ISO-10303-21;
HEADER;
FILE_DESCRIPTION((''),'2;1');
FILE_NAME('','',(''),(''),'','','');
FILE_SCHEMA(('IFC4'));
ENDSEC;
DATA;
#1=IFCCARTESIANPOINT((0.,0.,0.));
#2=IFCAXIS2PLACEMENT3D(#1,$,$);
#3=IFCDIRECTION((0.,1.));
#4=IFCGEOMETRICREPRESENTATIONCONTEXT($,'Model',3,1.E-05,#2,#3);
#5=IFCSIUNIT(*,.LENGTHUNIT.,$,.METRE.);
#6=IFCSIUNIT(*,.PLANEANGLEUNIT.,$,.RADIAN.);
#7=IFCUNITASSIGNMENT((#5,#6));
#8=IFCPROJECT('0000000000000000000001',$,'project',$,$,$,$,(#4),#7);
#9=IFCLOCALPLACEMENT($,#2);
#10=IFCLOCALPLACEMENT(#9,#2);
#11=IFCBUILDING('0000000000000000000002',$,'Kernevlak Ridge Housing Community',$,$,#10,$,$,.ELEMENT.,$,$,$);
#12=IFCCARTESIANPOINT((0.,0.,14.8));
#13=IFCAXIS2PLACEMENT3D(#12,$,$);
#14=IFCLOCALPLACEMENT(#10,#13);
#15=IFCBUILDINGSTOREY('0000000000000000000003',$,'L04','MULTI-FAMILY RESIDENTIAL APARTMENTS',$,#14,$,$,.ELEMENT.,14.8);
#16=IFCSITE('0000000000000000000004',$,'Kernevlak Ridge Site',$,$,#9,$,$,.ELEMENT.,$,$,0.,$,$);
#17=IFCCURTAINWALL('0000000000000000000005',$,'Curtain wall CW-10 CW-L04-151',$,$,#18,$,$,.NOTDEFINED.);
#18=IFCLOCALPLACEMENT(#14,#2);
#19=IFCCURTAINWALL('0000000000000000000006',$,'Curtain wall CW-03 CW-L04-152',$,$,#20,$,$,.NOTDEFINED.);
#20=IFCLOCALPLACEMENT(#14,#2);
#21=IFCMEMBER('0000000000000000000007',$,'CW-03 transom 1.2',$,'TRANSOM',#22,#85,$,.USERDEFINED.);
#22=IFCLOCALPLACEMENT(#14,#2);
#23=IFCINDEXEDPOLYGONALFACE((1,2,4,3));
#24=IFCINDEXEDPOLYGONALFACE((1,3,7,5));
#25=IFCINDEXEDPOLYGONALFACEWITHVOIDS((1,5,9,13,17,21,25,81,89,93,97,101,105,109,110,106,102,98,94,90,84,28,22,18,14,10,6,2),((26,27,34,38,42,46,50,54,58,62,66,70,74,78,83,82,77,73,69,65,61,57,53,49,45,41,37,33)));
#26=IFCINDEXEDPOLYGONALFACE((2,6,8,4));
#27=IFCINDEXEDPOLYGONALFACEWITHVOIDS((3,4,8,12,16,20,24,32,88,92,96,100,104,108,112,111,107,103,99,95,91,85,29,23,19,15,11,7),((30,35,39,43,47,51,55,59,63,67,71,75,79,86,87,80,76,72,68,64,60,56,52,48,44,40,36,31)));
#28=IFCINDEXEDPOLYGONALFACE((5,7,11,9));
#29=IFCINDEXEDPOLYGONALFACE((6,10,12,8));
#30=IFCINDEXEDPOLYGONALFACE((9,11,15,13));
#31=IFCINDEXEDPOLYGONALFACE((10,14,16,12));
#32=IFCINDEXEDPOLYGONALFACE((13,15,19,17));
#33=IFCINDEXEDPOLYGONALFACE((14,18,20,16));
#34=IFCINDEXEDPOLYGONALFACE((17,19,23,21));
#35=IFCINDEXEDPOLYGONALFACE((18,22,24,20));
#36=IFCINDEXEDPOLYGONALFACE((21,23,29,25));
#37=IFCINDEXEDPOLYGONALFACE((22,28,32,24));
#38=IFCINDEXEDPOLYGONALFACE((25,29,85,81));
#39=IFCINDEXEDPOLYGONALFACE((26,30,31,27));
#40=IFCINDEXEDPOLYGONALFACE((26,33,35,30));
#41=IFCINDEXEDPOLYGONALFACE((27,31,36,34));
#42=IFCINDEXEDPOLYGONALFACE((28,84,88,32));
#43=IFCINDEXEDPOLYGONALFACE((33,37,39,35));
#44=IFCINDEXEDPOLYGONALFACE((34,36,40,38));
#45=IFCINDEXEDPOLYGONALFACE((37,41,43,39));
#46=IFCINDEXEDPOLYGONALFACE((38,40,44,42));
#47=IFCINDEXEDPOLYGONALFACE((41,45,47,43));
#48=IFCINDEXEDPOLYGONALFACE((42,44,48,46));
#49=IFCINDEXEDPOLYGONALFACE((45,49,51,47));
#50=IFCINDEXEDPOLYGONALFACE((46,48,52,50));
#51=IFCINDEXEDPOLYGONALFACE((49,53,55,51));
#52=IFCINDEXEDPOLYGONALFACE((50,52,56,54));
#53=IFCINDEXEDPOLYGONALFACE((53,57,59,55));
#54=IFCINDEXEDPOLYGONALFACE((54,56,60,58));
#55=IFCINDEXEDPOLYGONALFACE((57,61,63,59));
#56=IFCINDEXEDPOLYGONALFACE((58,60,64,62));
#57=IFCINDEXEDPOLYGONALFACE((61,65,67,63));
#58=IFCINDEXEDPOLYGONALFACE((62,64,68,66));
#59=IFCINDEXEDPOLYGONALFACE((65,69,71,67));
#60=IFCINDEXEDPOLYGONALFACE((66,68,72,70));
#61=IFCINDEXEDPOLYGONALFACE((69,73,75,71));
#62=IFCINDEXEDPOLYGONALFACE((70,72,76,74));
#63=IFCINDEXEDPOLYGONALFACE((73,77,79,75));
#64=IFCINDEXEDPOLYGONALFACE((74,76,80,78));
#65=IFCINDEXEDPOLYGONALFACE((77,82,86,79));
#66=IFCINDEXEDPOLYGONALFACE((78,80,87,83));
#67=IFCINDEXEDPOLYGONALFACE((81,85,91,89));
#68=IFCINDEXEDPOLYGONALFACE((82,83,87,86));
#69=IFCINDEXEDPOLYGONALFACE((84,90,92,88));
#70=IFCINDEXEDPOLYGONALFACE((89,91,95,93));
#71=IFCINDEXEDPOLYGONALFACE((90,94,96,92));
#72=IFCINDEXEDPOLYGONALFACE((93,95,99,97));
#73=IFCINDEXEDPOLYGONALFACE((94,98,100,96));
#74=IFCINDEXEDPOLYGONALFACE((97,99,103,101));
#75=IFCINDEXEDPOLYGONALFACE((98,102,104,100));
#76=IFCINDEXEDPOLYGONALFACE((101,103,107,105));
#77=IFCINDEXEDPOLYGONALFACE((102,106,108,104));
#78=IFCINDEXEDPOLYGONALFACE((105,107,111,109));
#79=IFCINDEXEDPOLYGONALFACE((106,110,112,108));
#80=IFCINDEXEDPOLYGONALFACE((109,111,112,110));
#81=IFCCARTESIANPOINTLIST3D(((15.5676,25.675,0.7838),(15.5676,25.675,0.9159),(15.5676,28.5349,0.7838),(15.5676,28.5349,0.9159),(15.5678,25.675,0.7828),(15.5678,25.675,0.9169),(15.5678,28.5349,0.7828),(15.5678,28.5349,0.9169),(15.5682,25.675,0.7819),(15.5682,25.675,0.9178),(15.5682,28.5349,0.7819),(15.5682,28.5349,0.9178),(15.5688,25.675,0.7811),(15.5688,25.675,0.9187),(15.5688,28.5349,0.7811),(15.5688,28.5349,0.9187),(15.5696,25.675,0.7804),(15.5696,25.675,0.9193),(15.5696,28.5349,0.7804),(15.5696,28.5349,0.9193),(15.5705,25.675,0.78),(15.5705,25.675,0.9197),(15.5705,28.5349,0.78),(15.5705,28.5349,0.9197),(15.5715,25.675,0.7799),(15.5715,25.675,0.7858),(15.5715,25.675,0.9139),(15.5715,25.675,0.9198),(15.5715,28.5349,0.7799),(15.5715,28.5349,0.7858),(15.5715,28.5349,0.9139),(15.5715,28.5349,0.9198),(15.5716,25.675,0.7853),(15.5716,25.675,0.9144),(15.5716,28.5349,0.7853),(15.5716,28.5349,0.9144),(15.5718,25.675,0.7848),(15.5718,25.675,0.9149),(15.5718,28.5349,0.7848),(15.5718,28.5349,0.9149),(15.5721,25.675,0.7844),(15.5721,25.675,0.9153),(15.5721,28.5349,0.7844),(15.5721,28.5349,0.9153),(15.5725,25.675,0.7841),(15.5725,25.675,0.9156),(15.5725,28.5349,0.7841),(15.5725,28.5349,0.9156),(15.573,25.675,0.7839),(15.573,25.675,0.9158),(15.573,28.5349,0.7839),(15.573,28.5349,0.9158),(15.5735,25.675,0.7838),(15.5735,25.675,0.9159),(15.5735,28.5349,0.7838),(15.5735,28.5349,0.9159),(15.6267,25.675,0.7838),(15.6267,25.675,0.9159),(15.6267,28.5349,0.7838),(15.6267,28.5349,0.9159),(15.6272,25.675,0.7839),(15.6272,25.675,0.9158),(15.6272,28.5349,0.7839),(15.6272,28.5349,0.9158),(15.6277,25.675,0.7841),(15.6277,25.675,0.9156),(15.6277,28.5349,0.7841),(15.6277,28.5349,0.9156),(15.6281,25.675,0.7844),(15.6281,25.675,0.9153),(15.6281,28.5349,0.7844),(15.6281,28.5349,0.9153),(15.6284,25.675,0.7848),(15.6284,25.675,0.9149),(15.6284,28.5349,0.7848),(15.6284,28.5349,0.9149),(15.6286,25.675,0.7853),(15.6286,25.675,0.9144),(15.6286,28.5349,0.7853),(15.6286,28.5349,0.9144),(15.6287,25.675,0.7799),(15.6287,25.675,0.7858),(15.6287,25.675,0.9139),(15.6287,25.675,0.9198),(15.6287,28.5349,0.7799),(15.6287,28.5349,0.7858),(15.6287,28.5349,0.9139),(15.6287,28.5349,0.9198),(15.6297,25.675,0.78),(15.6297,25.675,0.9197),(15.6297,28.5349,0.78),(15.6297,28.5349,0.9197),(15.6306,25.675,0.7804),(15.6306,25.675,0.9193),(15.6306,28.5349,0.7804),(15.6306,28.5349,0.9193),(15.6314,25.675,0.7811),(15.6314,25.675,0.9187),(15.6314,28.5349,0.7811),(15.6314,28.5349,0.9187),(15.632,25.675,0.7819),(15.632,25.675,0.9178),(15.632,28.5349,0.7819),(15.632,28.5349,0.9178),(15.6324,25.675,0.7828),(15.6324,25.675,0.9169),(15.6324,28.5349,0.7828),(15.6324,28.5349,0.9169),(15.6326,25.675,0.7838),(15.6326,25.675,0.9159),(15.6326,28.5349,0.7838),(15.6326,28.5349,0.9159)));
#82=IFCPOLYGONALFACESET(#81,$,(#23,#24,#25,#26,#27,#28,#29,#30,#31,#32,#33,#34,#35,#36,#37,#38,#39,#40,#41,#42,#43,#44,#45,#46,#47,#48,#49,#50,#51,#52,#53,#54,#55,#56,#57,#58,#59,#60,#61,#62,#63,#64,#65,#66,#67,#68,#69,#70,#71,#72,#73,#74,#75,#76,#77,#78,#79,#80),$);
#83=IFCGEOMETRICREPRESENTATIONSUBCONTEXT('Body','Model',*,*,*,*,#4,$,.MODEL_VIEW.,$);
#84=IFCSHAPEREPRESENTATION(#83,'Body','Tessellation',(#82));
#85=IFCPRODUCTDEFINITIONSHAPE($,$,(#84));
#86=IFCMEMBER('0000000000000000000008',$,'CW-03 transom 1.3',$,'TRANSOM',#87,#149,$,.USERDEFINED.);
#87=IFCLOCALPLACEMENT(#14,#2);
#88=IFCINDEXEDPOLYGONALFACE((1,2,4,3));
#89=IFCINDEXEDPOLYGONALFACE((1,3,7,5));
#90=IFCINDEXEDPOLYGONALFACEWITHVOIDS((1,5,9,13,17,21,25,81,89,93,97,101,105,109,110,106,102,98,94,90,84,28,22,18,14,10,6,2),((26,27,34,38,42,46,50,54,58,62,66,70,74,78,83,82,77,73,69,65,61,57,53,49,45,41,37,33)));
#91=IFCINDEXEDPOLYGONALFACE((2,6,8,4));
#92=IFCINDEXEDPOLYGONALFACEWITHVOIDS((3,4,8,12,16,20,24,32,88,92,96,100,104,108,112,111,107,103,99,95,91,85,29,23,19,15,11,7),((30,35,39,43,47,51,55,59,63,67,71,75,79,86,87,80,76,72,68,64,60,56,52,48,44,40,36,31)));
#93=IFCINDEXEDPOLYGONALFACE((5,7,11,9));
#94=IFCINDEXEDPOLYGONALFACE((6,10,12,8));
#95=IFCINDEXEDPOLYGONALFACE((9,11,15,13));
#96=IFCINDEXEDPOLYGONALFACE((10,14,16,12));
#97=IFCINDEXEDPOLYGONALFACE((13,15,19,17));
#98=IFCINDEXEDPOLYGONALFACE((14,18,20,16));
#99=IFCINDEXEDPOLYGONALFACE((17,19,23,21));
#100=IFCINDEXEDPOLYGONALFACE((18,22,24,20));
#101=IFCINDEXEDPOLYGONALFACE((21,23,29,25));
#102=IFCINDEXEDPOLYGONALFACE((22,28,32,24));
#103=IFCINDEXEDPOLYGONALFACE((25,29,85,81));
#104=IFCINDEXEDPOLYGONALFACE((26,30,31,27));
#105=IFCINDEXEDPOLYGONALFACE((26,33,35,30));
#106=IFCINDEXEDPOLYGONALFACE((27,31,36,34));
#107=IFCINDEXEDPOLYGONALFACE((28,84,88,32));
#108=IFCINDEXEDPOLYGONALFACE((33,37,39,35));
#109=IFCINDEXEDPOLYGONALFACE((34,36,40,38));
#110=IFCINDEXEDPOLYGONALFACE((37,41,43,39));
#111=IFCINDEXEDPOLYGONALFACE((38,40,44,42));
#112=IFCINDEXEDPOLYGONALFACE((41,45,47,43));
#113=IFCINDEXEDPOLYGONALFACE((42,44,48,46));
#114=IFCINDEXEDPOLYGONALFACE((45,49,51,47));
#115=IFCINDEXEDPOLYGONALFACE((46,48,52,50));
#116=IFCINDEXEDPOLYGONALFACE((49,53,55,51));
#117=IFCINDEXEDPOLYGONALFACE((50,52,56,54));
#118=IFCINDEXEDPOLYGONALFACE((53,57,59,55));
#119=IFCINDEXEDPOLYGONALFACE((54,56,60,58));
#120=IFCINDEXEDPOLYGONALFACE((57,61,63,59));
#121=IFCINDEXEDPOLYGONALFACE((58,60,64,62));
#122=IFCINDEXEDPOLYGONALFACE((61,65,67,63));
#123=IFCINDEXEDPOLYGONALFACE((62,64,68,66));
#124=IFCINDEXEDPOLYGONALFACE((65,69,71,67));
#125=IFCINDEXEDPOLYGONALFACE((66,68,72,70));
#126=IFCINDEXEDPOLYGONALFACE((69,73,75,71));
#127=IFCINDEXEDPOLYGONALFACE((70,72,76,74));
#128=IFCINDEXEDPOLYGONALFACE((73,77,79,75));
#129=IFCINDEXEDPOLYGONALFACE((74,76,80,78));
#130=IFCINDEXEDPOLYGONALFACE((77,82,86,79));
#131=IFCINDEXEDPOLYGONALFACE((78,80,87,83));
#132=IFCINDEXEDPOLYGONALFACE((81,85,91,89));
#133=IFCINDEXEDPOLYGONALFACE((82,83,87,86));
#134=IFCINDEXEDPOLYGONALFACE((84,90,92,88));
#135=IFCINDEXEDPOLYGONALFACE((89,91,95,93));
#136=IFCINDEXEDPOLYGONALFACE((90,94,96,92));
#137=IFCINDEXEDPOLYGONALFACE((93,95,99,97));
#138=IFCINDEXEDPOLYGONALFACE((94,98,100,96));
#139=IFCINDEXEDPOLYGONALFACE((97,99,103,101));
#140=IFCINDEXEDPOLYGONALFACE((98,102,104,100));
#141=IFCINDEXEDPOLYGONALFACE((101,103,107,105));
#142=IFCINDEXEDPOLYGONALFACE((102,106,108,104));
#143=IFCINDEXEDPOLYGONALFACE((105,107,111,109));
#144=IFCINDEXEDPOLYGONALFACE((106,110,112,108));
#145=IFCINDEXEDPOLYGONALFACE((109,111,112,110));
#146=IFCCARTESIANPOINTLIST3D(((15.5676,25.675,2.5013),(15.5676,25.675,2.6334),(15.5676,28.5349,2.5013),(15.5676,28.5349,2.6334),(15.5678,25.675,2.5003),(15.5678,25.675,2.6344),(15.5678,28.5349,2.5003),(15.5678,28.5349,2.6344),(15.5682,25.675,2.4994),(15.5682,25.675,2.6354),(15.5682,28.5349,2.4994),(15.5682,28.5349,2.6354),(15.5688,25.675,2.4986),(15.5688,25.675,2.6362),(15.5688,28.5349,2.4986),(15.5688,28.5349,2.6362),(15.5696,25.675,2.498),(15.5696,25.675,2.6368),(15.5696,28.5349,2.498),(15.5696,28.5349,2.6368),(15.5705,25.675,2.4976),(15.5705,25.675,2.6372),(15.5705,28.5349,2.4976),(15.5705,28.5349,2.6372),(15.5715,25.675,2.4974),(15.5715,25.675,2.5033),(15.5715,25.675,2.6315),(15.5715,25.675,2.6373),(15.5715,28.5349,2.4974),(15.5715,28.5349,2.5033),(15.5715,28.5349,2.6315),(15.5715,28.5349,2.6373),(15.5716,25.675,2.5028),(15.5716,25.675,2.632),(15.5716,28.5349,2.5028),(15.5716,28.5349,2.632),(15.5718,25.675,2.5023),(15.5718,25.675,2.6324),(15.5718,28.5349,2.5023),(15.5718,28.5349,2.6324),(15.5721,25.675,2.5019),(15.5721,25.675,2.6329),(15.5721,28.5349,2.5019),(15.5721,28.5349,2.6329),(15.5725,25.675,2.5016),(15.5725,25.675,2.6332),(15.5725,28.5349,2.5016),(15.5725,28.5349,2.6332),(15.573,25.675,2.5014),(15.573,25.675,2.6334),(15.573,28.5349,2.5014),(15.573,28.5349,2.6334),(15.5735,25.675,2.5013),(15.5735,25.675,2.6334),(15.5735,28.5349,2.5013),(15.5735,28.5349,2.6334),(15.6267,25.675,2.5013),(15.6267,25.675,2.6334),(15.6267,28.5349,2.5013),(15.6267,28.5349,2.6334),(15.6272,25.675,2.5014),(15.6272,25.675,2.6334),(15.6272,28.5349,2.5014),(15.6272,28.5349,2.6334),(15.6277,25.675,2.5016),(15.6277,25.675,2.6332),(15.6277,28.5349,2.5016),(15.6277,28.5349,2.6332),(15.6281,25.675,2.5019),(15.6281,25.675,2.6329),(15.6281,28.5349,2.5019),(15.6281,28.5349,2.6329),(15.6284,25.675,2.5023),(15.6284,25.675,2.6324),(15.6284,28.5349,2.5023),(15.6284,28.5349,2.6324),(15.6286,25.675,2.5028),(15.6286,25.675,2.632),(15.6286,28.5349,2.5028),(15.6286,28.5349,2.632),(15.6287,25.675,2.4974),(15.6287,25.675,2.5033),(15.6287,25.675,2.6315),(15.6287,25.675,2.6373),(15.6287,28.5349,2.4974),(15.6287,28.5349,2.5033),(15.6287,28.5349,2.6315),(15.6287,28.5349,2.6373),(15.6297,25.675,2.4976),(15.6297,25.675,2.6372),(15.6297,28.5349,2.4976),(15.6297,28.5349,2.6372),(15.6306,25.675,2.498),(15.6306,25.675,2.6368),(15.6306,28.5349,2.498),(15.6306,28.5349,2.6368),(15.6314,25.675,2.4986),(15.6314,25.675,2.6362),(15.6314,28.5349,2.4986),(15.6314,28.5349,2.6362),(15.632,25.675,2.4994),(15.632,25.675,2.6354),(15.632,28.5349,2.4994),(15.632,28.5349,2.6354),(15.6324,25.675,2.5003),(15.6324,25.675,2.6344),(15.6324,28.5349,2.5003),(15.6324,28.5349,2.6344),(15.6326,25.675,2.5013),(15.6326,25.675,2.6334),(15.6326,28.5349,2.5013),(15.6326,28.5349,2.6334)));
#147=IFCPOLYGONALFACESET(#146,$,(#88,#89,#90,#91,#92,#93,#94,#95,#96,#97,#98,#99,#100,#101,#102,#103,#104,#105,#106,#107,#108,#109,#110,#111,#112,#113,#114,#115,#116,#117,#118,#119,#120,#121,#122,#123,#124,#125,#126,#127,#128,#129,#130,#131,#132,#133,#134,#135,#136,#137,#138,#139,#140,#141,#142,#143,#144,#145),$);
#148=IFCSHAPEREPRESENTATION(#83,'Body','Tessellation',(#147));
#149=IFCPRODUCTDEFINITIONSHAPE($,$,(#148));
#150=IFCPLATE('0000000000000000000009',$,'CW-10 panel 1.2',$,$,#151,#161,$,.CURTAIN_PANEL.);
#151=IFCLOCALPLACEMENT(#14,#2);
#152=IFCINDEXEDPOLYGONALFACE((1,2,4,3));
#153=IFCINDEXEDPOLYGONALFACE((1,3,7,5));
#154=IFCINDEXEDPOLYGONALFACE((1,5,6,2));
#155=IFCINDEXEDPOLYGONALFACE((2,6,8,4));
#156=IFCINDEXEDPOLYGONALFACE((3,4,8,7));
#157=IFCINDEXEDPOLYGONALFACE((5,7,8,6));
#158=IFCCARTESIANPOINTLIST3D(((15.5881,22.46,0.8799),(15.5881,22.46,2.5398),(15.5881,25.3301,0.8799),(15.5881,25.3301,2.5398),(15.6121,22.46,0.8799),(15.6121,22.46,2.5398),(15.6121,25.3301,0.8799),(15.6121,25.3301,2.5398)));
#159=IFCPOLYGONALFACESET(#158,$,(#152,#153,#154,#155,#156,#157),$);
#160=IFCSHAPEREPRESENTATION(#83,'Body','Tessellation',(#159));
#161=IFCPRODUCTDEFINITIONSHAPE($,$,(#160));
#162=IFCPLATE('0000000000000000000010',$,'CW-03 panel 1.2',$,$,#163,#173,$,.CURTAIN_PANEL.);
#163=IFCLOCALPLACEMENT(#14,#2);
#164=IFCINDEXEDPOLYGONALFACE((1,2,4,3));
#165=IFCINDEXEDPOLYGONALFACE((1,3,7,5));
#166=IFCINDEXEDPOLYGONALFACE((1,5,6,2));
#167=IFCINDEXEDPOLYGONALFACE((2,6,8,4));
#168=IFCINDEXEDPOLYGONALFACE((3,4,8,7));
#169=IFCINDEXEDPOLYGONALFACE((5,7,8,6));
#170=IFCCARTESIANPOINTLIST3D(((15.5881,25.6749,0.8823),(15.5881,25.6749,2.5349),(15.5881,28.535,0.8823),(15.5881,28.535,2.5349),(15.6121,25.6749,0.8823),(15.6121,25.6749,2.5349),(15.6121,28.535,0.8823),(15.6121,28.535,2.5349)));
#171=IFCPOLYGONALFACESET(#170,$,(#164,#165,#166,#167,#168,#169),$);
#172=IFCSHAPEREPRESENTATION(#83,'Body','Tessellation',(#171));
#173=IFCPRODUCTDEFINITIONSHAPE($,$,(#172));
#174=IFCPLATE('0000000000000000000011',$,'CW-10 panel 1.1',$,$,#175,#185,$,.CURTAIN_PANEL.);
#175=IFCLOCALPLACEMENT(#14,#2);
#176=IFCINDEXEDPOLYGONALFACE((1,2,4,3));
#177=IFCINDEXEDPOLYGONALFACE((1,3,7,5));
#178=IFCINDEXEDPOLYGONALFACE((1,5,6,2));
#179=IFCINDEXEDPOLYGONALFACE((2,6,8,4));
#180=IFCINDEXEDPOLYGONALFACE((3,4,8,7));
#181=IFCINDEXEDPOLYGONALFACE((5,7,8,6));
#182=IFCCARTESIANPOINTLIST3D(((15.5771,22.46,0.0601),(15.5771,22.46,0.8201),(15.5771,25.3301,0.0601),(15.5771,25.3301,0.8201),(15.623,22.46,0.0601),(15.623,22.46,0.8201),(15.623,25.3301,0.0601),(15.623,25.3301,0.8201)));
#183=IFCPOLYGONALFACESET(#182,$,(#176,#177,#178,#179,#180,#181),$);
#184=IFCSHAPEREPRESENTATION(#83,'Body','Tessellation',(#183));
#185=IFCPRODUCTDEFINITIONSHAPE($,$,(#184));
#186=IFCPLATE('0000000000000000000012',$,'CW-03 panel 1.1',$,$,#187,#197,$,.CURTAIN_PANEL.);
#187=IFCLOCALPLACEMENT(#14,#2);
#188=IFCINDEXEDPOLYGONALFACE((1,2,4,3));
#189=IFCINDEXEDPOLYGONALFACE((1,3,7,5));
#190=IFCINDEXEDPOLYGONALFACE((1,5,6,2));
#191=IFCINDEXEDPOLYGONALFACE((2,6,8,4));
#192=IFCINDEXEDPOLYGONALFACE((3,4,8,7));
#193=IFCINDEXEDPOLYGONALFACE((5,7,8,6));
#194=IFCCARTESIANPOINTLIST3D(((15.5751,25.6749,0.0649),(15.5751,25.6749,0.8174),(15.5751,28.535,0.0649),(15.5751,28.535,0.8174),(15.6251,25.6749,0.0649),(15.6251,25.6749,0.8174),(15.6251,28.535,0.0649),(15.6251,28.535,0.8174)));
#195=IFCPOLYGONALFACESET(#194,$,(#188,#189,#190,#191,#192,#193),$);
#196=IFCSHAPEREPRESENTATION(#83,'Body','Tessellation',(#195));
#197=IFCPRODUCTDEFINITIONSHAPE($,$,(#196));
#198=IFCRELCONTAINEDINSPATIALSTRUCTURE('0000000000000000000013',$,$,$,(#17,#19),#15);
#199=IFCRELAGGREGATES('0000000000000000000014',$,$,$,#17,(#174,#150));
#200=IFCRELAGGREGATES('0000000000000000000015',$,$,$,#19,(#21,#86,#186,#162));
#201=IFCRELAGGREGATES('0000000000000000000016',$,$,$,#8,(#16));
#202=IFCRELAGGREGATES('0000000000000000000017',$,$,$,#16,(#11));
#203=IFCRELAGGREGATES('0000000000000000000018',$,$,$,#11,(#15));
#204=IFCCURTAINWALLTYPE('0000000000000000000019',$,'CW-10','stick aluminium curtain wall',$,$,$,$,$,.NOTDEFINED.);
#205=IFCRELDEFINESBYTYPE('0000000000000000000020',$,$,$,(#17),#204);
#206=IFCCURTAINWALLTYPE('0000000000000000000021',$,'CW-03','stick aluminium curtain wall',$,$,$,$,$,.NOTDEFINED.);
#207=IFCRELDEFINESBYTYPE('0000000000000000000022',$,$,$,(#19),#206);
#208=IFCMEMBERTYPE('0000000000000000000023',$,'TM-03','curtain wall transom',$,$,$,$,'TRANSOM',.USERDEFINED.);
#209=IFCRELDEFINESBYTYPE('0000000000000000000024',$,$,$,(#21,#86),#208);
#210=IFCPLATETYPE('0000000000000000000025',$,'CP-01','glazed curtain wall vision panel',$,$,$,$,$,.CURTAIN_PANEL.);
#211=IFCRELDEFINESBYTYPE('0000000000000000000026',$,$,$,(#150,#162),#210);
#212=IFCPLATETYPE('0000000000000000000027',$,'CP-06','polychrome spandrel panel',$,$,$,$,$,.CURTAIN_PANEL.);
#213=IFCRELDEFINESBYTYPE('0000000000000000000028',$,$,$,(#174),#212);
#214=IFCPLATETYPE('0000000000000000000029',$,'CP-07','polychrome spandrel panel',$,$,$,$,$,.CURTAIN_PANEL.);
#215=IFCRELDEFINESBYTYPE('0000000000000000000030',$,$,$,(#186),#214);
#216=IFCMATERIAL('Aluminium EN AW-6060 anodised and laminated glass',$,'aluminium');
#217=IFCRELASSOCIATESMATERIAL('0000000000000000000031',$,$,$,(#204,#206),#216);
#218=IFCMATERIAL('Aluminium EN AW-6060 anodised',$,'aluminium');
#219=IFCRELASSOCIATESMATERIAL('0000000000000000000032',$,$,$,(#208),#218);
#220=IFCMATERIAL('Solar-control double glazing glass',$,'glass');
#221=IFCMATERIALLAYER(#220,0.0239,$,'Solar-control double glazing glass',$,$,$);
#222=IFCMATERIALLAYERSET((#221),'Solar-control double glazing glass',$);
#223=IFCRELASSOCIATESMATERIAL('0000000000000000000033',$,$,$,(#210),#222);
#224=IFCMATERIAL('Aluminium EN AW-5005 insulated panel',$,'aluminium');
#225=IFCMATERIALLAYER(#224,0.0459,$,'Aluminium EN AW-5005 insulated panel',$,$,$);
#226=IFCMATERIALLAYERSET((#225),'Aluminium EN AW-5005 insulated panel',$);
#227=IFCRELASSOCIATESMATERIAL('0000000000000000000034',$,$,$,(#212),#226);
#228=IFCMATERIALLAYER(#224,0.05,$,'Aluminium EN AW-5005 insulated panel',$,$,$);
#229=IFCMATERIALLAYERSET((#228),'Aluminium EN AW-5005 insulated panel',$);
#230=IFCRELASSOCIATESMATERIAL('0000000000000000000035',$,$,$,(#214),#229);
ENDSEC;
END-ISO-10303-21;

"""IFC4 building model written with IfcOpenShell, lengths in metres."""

from ifc_helpers import new_model, si_unit, direction, frame, origin, origin_2d, place, context, subcontext, project, spatial, rectangle, hollow_rectangle, extrude, material, layer, layer_set, material_profile, profile_set, type_object, element, aggregate, save


model = new_model("IFC4")

# Units and contexts
model_context = context("Model", 3, precision=1e-05, world=origin(), true_north=direction((0.0, 1.0)))
body_context = subcontext(model_context, "Body", "Model", "MODEL_VIEW")
ifc_project = project(units=[si_unit("LENGTHUNIT", "METRE"), si_unit("PLANEANGLEUNIT", "RADIAN")], contexts=[model_context])

# Site, building, storey
site_placement = place(None, origin())
site = spatial("IfcSite", under=ifc_project, at=site_placement, Name="Kernevlak Ridge Site", CompositionType="ELEMENT", RefElevation=0.0)
building_placement = place(site_placement, origin())
building = spatial("IfcBuilding", under=site, at=building_placement, Name="Kernevlak Ridge Housing Community", CompositionType="ELEMENT")
storey_placement = place(building_placement, frame((0.0, 0.0, 14.8)))
storey = spatial("IfcBuildingStorey", under=building, at=storey_placement, Name="L04", Description="MULTI-FAMILY RESIDENTIAL APARTMENTS", CompositionType="ELEMENT", Elevation=14.8)

# Curtain wall
ifc_material_1 = material(Name="Aluminium EN AW-6060 anodised and laminated glass", Category="aluminium")
curtain_wall_type_1 = type_object("IfcCurtainWallType", Name="CW-10", Description="stick aluminium curtain wall", PredefinedType="NOTDEFINED", material=ifc_material_1)
curtain_wall_1_placement = place(storey_placement, origin())
curtain_wall_1 = element("IfcCurtainWall", 1, at=curtain_wall_1_placement, inside=storey, type_object=curtain_wall_type_1, Name="Curtain wall CW-10 CW-L04-151", PredefinedType="NOTDEFINED")
ifc_material_2 = material(Name="Aluminium EN AW-6060 anodised", Category="aluminium")

# Curtain wall, members
curtain_wall_type_2 = type_object("IfcCurtainWallType", Name="CW-03", Description="stick aluminium curtain wall", PredefinedType="NOTDEFINED", material=ifc_material_1)
curtain_wall_2_placement = place(storey_placement, origin())
curtain_wall_2 = element("IfcCurtainWall", 2, at=curtain_wall_2_placement, inside=storey, type_object=curtain_wall_type_2, Name="Curtain wall CW-03 CW-L04-152", PredefinedType="NOTDEFINED")
ifc_material_profile_1 = material_profile(ifc_material_2, hollow_rectangle(XDim=0.0649, YDim=0.1399, WallThickness=0.0039, InnerFilletRadius=0.002, OuterFilletRadius=0.0039, at=origin_2d()), Name="ALU 65x140x4")
ifc_profile_set_1 = profile_set([ifc_material_profile_1], Name="Aluminium EN AW-6060 anodised")
member_type_1 = type_object("IfcMemberType", Name="TM-03", Description="curtain wall transom", ElementType="TRANSOM", PredefinedType="USERDEFINED", material=ifc_profile_set_1)
member_1_placement = place(storey_placement, frame((15.6001, 25.675, 0.8499), z_axis=(0.0, 1.0, 0.0), x_axis=(-1.0, 0.0, 0.0)))
member_1 = element("IfcMember", 3, at=member_1_placement, type_object=member_type_1, Name="CW-03 transom 1.2", ObjectType="TRANSOM", PredefinedType="USERDEFINED", context=body_context, shape_type="SweptSolid", body=[
    extrude(hollow_rectangle(XDim=0.0649, YDim=0.1399, WallThickness=0.0039, InnerFilletRadius=0.002, OuterFilletRadius=0.0039, at=origin_2d()), origin(), (0.0, 0.0, 1.0), 2.8599),
])
member_2_placement = place(storey_placement, frame((15.6001, 25.675, 2.5674), z_axis=(0.0, 1.0, 0.0), x_axis=(-1.0, 0.0, 0.0)))
member_2 = element("IfcMember", 4, at=member_2_placement, type_object=member_type_1, Name="CW-03 transom 1.3", ObjectType="TRANSOM", PredefinedType="USERDEFINED", context=body_context, shape_type="SweptSolid", body=[
    extrude(hollow_rectangle(XDim=0.0649, YDim=0.1399, WallThickness=0.0039, InnerFilletRadius=0.002, OuterFilletRadius=0.0039, at=origin_2d()), origin(), (0.0, 0.0, 1.0), 2.8599),
])

# Plates
ifc_material_3 = material(Name="Solar-control double glazing glass", Category="glass")
ifc_layer_1 = layer(ifc_material_3, 0.0239, Name="Solar-control double glazing glass")
ifc_layer_set_1 = layer_set([ifc_layer_1], Name="Solar-control double glazing glass")
plate_type_1 = type_object("IfcPlateType", Name="CP-01", Description="glazed curtain wall vision panel", PredefinedType="CURTAIN_PANEL", material=ifc_layer_set_1)
plate_1_placement = place(storey_placement, frame((15.6001, 23.895, 0.8799), z_axis=(0.0, 0.0, 1.0), x_axis=(0.0, 1.0, 0.0)))
plate_1 = element("IfcPlate", 5, at=plate_1_placement, type_object=plate_type_1, Name="CW-10 panel 1.2", PredefinedType="CURTAIN_PANEL", context=body_context, shape_type="SweptSolid", body=[
    extrude(rectangle(XDim=2.8701, YDim=0.0239, at=origin_2d()), origin(), (0.0, 0.0, 1.0), 1.6599),
])
plate_2_placement = place(storey_placement, frame((15.6001, 27.105, 0.8823), z_axis=(0.0, 0.0, 1.0), x_axis=(0.0, 1.0, 0.0)))
plate_2 = element("IfcPlate", 6, at=plate_2_placement, type_object=plate_type_1, Name="CW-03 panel 1.2", PredefinedType="CURTAIN_PANEL", context=body_context, shape_type="SweptSolid", body=[
    extrude(rectangle(XDim=2.8601, YDim=0.0239, at=origin_2d()), origin(), (0.0, 0.0, 1.0), 1.6526),
])
ifc_material_4 = material(Name="Aluminium EN AW-5005 insulated panel", Category="aluminium")
ifc_layer_2 = layer(ifc_material_4, 0.0459, Name="Aluminium EN AW-5005 insulated panel")
ifc_layer_set_2 = layer_set([ifc_layer_2], Name="Aluminium EN AW-5005 insulated panel")
plate_type_2 = type_object("IfcPlateType", Name="CP-06", Description="polychrome spandrel panel", PredefinedType="CURTAIN_PANEL", material=ifc_layer_set_2)
plate_3_placement = place(storey_placement, frame((15.6001, 23.895, 0.0601), z_axis=(0.0, 0.0, 1.0), x_axis=(0.0, 1.0, 0.0)))
plate_3 = element("IfcPlate", 7, at=plate_3_placement, type_object=plate_type_2, Name="CW-10 panel 1.1", PredefinedType="CURTAIN_PANEL", context=body_context, shape_type="SweptSolid", body=[
    extrude(rectangle(XDim=2.8701, YDim=0.0459, at=origin_2d()), origin(), (0.0, 0.0, 1.0), 0.76),
])
aggregate(curtain_wall_1, [plate_3, plate_1])
ifc_layer_3 = layer(ifc_material_4, 0.05, Name="Aluminium EN AW-5005 insulated panel")
ifc_layer_set_3 = layer_set([ifc_layer_3], Name="Aluminium EN AW-5005 insulated panel")
plate_type_3 = type_object("IfcPlateType", Name="CP-07", Description="polychrome spandrel panel", PredefinedType="CURTAIN_PANEL", material=ifc_layer_set_3)
plate_4_placement = place(storey_placement, frame((15.6001, 27.105, 0.0649), z_axis=(0.0, 0.0, 1.0), x_axis=(0.0, 1.0, 0.0)))
plate_4 = element("IfcPlate", 8, at=plate_4_placement, type_object=plate_type_3, Name="CW-03 panel 1.1", PredefinedType="CURTAIN_PANEL", context=body_context, shape_type="SweptSolid", body=[
    extrude(rectangle(XDim=2.8601, YDim=0.05, at=origin_2d()), origin(), (0.0, 0.0, 1.0), 0.7524),
])
aggregate(curtain_wall_2, [member_1, member_2, plate_4, plate_2])

save(model, "model.ifc")
